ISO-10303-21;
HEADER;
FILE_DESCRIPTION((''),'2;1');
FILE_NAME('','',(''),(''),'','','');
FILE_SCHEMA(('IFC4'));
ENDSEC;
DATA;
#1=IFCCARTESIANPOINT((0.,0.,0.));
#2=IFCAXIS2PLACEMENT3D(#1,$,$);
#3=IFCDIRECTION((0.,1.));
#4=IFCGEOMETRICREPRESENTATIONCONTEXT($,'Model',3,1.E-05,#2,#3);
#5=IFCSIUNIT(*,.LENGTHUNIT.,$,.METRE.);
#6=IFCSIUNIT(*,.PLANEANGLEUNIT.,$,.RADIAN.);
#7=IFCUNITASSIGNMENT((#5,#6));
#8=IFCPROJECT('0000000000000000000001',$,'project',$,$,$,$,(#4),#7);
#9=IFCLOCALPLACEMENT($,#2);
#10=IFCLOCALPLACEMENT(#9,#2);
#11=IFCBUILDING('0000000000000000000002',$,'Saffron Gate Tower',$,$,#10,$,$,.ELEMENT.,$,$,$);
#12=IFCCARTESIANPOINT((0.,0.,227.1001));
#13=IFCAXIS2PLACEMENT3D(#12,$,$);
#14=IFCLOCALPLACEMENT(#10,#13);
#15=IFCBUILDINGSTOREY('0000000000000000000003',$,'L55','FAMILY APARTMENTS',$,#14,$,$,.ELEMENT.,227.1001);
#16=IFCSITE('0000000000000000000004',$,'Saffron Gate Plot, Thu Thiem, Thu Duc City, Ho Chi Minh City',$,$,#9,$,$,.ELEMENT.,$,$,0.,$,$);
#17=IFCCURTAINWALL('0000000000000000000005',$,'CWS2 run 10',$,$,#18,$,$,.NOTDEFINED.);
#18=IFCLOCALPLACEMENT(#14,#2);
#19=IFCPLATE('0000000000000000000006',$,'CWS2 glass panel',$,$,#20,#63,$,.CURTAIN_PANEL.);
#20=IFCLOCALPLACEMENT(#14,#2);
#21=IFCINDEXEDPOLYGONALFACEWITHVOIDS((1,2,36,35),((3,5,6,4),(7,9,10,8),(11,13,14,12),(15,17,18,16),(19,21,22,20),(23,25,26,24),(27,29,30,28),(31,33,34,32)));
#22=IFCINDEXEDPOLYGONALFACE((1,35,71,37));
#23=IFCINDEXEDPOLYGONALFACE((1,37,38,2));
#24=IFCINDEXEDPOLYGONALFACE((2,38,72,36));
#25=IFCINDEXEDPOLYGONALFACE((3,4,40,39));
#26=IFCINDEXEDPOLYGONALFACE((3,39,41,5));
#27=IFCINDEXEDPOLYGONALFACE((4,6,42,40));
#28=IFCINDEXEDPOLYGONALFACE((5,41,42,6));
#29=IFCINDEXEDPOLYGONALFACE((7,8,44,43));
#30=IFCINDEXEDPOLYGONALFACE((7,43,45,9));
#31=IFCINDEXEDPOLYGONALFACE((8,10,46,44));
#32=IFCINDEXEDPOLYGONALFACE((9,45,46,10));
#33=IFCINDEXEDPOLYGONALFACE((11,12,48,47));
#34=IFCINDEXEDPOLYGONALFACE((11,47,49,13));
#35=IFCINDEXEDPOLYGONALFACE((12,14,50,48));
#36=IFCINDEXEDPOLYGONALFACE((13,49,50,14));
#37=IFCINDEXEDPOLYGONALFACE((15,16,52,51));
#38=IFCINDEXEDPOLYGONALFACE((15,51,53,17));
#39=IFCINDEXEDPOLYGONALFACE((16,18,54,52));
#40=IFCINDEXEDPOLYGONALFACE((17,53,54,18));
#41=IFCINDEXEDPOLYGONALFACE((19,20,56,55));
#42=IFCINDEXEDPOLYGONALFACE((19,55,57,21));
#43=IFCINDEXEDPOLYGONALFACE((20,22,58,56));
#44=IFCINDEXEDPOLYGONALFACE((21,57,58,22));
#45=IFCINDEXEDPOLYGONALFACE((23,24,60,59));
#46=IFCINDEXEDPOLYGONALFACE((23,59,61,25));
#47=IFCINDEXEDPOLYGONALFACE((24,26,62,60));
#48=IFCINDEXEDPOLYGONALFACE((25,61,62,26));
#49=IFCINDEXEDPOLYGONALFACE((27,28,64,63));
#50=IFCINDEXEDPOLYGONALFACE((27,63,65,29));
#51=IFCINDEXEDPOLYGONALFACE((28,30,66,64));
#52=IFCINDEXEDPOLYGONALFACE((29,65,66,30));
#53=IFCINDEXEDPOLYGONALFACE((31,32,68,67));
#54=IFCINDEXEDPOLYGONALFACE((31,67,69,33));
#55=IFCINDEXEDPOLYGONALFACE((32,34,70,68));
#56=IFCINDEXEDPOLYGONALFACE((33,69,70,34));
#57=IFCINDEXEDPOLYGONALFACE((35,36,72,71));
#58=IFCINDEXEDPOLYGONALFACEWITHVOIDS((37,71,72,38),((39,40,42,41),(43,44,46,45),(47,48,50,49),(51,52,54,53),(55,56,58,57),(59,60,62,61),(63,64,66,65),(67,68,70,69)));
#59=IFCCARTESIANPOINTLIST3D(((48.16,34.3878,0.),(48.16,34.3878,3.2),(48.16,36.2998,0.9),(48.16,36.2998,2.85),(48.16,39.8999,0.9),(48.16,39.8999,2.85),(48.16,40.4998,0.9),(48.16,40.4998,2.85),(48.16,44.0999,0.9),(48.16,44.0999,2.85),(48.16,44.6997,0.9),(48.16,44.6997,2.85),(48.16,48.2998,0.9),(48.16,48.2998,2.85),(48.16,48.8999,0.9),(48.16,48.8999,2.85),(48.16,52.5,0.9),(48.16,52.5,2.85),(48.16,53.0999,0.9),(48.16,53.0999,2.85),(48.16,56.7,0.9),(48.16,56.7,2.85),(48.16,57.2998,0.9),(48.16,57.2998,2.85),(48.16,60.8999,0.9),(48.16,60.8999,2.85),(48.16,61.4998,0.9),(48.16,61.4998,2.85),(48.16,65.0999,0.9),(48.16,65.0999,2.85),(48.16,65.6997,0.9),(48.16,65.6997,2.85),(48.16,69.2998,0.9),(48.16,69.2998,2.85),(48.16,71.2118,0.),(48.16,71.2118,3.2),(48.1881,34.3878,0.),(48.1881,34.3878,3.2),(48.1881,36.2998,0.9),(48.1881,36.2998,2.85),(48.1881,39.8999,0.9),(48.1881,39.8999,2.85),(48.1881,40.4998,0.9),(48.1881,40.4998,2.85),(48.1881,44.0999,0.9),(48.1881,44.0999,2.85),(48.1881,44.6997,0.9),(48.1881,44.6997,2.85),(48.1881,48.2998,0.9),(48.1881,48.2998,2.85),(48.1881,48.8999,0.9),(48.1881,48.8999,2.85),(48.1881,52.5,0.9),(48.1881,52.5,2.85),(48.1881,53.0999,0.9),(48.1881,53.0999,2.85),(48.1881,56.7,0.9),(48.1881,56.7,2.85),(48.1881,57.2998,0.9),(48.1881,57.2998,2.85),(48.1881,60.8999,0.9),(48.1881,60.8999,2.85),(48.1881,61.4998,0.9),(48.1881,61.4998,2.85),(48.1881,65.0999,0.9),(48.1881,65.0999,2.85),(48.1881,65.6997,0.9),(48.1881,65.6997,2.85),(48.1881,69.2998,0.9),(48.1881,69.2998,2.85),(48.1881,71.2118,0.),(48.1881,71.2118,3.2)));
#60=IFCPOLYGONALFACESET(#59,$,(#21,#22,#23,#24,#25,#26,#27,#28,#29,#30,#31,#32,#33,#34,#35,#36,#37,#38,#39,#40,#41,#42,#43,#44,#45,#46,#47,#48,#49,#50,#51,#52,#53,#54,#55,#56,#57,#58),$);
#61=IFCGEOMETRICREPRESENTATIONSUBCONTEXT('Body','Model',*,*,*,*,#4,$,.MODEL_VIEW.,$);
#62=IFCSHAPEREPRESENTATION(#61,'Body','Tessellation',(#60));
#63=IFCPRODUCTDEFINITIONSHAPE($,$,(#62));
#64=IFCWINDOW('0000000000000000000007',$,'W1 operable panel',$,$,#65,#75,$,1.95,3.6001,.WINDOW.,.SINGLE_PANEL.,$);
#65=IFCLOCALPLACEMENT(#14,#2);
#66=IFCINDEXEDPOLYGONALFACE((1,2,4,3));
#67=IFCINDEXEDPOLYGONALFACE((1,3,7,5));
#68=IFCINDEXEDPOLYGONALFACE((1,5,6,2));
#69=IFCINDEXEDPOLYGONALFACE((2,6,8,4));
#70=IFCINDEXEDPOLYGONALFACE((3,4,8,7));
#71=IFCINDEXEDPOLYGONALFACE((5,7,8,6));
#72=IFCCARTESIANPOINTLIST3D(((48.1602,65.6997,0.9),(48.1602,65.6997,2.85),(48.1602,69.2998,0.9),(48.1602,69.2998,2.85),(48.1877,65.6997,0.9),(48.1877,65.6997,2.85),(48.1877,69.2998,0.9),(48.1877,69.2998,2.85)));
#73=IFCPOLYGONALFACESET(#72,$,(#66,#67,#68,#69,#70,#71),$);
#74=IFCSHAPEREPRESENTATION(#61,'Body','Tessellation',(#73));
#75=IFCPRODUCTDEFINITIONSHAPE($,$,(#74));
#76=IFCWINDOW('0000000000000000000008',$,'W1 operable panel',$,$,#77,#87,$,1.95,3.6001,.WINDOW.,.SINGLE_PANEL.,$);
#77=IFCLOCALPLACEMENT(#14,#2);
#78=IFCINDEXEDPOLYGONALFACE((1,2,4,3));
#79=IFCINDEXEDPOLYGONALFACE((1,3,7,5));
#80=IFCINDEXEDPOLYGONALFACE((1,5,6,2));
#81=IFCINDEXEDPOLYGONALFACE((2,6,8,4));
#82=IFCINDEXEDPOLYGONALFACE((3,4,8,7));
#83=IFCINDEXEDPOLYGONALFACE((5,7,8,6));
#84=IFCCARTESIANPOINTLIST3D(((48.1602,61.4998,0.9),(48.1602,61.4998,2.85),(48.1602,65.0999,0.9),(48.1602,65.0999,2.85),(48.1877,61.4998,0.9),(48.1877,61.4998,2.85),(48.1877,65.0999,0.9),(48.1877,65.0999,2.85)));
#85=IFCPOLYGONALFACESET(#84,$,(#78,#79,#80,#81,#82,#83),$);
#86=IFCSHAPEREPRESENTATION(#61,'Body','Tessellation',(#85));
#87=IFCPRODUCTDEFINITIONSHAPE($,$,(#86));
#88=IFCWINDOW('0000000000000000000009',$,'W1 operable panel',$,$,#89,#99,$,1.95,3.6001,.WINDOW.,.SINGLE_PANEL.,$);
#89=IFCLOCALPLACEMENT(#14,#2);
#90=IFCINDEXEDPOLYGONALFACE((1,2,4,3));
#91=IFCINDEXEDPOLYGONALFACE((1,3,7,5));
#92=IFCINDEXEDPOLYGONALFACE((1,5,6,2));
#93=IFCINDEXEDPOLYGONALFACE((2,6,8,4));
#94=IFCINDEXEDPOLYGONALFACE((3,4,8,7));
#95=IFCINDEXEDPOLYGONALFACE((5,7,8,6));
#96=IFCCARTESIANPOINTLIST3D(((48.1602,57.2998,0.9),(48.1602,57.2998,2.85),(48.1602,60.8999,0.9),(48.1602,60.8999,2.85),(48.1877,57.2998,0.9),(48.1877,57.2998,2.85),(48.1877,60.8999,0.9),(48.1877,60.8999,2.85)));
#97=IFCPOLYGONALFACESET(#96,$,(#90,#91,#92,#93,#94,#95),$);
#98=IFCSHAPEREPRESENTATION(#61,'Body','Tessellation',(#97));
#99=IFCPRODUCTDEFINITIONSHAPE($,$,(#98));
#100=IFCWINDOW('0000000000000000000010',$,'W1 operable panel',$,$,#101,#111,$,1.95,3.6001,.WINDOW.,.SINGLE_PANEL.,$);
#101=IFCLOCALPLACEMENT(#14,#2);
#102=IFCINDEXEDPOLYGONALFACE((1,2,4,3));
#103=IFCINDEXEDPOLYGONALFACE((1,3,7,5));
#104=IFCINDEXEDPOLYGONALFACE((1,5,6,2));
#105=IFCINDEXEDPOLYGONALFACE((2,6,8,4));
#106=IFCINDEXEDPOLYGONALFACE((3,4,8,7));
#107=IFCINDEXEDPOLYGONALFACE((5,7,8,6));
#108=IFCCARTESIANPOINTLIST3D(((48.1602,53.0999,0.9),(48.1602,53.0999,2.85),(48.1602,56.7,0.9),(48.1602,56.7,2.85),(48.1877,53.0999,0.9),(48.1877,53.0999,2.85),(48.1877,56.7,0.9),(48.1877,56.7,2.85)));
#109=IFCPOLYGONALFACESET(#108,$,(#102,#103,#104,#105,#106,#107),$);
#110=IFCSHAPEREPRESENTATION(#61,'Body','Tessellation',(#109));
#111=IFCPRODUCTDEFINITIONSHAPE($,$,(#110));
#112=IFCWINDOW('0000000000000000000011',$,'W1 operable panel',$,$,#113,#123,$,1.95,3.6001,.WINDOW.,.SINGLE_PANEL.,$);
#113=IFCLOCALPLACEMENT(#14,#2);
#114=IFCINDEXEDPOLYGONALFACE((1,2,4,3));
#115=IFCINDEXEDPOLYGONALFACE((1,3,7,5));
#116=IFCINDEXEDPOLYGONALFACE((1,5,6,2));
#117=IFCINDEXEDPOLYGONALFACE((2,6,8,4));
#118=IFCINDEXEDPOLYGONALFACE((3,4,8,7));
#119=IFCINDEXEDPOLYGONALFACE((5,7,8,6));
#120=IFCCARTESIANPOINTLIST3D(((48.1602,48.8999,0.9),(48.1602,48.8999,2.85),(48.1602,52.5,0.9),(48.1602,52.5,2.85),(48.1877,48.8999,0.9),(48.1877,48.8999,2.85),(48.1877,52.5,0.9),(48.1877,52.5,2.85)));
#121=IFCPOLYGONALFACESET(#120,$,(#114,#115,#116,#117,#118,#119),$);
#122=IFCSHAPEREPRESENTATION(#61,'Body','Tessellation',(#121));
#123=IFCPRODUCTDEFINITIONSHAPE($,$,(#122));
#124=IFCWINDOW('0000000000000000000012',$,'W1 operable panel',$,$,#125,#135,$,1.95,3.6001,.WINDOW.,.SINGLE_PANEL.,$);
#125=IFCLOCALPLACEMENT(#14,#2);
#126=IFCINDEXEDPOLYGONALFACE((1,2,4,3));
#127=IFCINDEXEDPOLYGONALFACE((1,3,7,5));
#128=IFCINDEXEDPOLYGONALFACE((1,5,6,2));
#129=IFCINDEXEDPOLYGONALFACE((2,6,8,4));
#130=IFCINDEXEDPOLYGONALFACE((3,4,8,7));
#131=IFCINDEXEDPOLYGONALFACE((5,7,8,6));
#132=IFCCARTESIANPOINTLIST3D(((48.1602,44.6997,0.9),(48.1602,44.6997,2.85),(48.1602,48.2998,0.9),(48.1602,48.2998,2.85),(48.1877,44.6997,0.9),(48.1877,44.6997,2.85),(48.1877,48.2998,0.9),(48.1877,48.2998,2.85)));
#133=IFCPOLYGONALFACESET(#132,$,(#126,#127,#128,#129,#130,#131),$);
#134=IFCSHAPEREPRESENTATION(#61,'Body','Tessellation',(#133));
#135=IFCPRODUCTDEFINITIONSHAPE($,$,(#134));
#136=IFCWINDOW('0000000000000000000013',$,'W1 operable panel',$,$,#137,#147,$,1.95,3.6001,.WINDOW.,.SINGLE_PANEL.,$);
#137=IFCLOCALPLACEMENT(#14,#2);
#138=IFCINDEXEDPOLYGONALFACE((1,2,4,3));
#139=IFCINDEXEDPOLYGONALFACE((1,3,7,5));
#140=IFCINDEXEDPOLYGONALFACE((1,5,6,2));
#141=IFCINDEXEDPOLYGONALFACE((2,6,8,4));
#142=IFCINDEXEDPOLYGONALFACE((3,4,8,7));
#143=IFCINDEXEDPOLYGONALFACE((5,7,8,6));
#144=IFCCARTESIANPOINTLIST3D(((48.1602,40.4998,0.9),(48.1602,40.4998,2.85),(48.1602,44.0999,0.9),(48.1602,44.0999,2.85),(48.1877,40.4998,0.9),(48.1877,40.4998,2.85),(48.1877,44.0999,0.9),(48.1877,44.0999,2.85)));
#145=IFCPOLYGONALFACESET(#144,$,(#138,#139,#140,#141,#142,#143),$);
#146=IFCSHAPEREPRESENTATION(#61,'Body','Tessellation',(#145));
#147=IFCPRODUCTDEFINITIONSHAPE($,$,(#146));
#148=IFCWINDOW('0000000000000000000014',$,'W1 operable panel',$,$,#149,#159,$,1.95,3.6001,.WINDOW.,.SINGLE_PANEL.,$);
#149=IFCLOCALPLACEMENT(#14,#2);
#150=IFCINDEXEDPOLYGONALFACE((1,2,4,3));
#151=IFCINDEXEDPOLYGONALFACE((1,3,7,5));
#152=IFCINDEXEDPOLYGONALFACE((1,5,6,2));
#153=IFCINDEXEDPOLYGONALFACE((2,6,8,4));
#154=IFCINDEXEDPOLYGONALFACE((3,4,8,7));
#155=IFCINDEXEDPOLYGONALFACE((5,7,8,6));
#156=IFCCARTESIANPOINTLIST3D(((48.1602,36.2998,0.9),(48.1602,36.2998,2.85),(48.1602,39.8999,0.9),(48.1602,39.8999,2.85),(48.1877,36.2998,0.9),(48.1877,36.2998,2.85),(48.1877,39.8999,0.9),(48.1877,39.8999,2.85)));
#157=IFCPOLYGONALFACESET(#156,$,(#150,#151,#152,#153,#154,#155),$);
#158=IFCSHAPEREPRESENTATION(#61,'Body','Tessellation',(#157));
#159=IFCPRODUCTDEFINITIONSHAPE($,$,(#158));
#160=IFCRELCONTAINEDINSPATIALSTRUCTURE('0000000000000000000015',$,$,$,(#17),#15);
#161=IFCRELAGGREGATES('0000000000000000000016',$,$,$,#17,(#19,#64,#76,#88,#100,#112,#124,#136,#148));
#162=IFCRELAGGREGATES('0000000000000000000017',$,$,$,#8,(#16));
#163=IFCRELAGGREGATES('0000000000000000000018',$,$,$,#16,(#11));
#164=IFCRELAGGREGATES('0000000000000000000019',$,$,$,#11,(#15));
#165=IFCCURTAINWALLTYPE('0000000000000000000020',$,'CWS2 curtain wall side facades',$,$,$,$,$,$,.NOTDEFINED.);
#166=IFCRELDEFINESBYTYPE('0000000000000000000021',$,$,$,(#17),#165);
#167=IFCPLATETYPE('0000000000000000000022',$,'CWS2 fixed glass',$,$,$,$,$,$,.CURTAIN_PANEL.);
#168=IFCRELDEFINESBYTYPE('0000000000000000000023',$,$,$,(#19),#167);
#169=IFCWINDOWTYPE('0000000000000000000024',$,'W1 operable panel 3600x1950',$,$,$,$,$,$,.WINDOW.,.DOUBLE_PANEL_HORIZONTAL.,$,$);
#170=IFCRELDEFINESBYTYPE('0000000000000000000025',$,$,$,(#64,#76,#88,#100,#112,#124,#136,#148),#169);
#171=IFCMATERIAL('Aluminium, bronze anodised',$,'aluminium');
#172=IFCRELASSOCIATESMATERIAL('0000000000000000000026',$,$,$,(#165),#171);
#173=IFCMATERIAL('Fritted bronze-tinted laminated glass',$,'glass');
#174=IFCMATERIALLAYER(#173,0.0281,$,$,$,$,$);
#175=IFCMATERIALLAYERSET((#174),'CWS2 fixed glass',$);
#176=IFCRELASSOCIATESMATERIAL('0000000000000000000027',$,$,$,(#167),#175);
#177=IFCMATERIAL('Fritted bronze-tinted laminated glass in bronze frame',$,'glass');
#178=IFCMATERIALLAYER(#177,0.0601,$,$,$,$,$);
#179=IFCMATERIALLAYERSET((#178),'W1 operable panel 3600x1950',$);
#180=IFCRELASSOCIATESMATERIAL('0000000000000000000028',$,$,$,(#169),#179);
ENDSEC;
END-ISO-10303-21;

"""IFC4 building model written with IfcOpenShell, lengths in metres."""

from ifc_helpers import new_model, si_unit, direction, frame, frame_2d, origin, place, context, subcontext, project, spatial, rectangle, extrude, material, layer, layer_set, type_object, element, fill, aggregate, save


model = new_model("IFC4")

# Units and contexts
model_context = context("Model", 3, precision=1e-05, world=origin(), true_north=direction((0.0, 1.0)))
body_context = subcontext(model_context, "Body", "Model", "MODEL_VIEW")
ifc_project = project(units=[si_unit("LENGTHUNIT", "METRE"), si_unit("PLANEANGLEUNIT", "RADIAN")], contexts=[model_context])

# Site, building, storey
site_placement = place(None, origin())
site = spatial("IfcSite", under=ifc_project, at=site_placement, Name="Saffron Gate Plot, Thu Thiem, Thu Duc City, Ho Chi Minh City", CompositionType="ELEMENT", RefElevation=0.0)
building_placement = place(site_placement, origin())
building = spatial("IfcBuilding", under=site, at=building_placement, Name="Saffron Gate Tower", CompositionType="ELEMENT")
storey_placement = place(building_placement, frame((0.0, 0.0, 227.1001)))
storey = spatial("IfcBuildingStorey", under=building, at=storey_placement, Name="L55", Description="FAMILY APARTMENTS", CompositionType="ELEMENT", Elevation=227.1001)

# Curtain wall
ifc_material_1 = material(Name="Aluminium, bronze anodised", Category="aluminium")
curtain_wall_type_1 = type_object("IfcCurtainWallType", Name="CWS2 curtain wall side facades", PredefinedType="NOTDEFINED", material=ifc_material_1)
curtain_wall_1_placement = place(storey_placement, origin())
curtain_wall_1 = element("IfcCurtainWall", 1, at=curtain_wall_1_placement, inside=storey, type_object=curtain_wall_type_1, Name="CWS2 run 10", PredefinedType="NOTDEFINED")

# Plate, openings, windows
ifc_material_2 = material(Name="Fritted bronze-tinted laminated glass", Category="glass")
ifc_layer_1 = layer(ifc_material_2, 0.0281)
ifc_layer_set_1 = layer_set([ifc_layer_1], Name="CWS2 fixed glass")
plate_type_1 = type_object("IfcPlateType", Name="CWS2 fixed glass", PredefinedType="CURTAIN_PANEL", material=ifc_layer_set_1)
plate_1_placement = place(storey_placement, frame((48.1741, 71.2119, 0.0), z_axis=(0.0, 0.0, 1.0), x_axis=(0.0, -1.0, 0.0)))
plate_1 = element("IfcPlate", 2, at=plate_1_placement, type_object=plate_type_1, Name="CWS2 glass panel", PredefinedType="CURTAIN_PANEL", context=body_context, shape_type="SweptSolid", body=[
    extrude(rectangle(XDim=36.824, YDim=0.0281, at=frame_2d((18.4121, 0.0))), origin(), (0.0, 0.0, 1.0), 3.2),
])
opening_1_placement = place(plate_1_placement, frame((1.9121, 0.0, 0.8999)))
opening_1 = element("IfcOpeningElement", 3, at=opening_1_placement, cuts=plate_1, PredefinedType="OPENING", context=body_context, shape_type="SweptSolid", body=[
    extrude(rectangle(XDim=3.6001, YDim=1.95, at=frame_2d((1.8, 0.9751))), frame((0.0, 0.0239, 0.0), z_axis=(0.0, -1.0, 0.0), x_axis=(1.0, 0.0, 0.0)), (0.0, 0.0, 1.0), 0.0481),
])
opening_2_placement = place(plate_1_placement, frame((6.1121, 0.0, 0.8999)))
opening_2 = element("IfcOpeningElement", 4, at=opening_2_placement, cuts=plate_1, PredefinedType="OPENING", context=body_context, shape_type="SweptSolid", body=[
    extrude(rectangle(XDim=3.6001, YDim=1.95, at=frame_2d((1.8, 0.9751))), frame((0.0, 0.0239, 0.0), z_axis=(0.0, -1.0, 0.0), x_axis=(1.0, 0.0, 0.0)), (0.0, 0.0, 1.0), 0.0481),
])
opening_3_placement = place(plate_1_placement, frame((10.312, 0.0, 0.8999)))
opening_3 = element("IfcOpeningElement", 5, at=opening_3_placement, cuts=plate_1, PredefinedType="OPENING", context=body_context, shape_type="SweptSolid", body=[
    extrude(rectangle(XDim=3.6001, YDim=1.95, at=frame_2d((1.8, 0.9751))), frame((0.0, 0.0239, 0.0), z_axis=(0.0, -1.0, 0.0), x_axis=(1.0, 0.0, 0.0)), (0.0, 0.0, 1.0), 0.0481),
])
opening_4_placement = place(plate_1_placement, frame((14.512, 0.0, 0.8999)))
opening_4 = element("IfcOpeningElement", 6, at=opening_4_placement, cuts=plate_1, PredefinedType="OPENING", context=body_context, shape_type="SweptSolid", body=[
    extrude(rectangle(XDim=3.6001, YDim=1.95, at=frame_2d((1.8, 0.9751))), frame((0.0, 0.0239, 0.0), z_axis=(0.0, -1.0, 0.0), x_axis=(1.0, 0.0, 0.0)), (0.0, 0.0, 1.0), 0.0481),
])
opening_5_placement = place(plate_1_placement, frame((18.7119, 0.0, 0.8999)))
opening_5 = element("IfcOpeningElement", 7, at=opening_5_placement, cuts=plate_1, PredefinedType="OPENING", context=body_context, shape_type="SweptSolid", body=[
    extrude(rectangle(XDim=3.6001, YDim=1.95, at=frame_2d((1.8, 0.9751))), frame((0.0, 0.0239, 0.0), z_axis=(0.0, -1.0, 0.0), x_axis=(1.0, 0.0, 0.0)), (0.0, 0.0, 1.0), 0.0481),
])
opening_6_placement = place(plate_1_placement, frame((22.9121, 0.0, 0.8999)))
opening_6 = element("IfcOpeningElement", 8, at=opening_6_placement, cuts=plate_1, PredefinedType="OPENING", context=body_context, shape_type="SweptSolid", body=[
    extrude(rectangle(XDim=3.6001, YDim=1.95, at=frame_2d((1.8, 0.9751))), frame((0.0, 0.0239, 0.0), z_axis=(0.0, -1.0, 0.0), x_axis=(1.0, 0.0, 0.0)), (0.0, 0.0, 1.0), 0.0481),
])
opening_7_placement = place(plate_1_placement, frame((27.1121, 0.0, 0.8999)))
opening_7 = element("IfcOpeningElement", 9, at=opening_7_placement, cuts=plate_1, PredefinedType="OPENING", context=body_context, shape_type="SweptSolid", body=[
    extrude(rectangle(XDim=3.6001, YDim=1.95, at=frame_2d((1.8, 0.9751))), frame((0.0, 0.0239, 0.0), z_axis=(0.0, -1.0, 0.0), x_axis=(1.0, 0.0, 0.0)), (0.0, 0.0, 1.0), 0.0481),
])
opening_8_placement = place(plate_1_placement, frame((31.312, 0.0, 0.8999)))
opening_8 = element("IfcOpeningElement", 10, at=opening_8_placement, cuts=plate_1, PredefinedType="OPENING", context=body_context, shape_type="SweptSolid", body=[
    extrude(rectangle(XDim=3.6001, YDim=1.95, at=frame_2d((1.8, 0.9751))), frame((0.0, 0.0239, 0.0), z_axis=(0.0, -1.0, 0.0), x_axis=(1.0, 0.0, 0.0)), (0.0, 0.0, 1.0), 0.0481),
])
ifc_material_3 = material(Name="Fritted bronze-tinted laminated glass in bronze frame", Category="glass")
ifc_layer_2 = layer(ifc_material_3, 0.0601)
ifc_layer_set_2 = layer_set([ifc_layer_2], Name="W1 operable panel 3600x1950")
window_type = type_object("IfcWindowType", Name="W1 operable panel 3600x1950", PartitioningType="DOUBLE_PANEL_HORIZONTAL", PredefinedType="WINDOW", material=ifc_layer_set_2)
window_1_placement = place(opening_1_placement, origin())
window_1 = element("IfcWindow", 11, at=window_1_placement, type_object=window_type, Name="W1 operable panel", OverallHeight=1.95, OverallWidth=3.6001, PartitioningType="SINGLE_PANEL", PredefinedType="WINDOW", context=body_context, shape_type="SweptSolid", body=[
    extrude(rectangle(XDim=3.6001, YDim=1.95, at=frame_2d((1.8, 0.9751))), frame((0.0, 0.0137, 0.0), z_axis=(0.0, -1.0, 0.0), x_axis=(1.0, 0.0, 0.0)), (0.0, 0.0, 1.0), 0.0276),
])
fill(opening_1, window_1)
window_2_placement = place(opening_2_placement, origin())
window_2 = element("IfcWindow", 12, at=window_2_placement, type_object=window_type, Name="W1 operable panel", OverallHeight=1.95, OverallWidth=3.6001, PartitioningType="SINGLE_PANEL", PredefinedType="WINDOW", context=body_context, shape_type="SweptSolid", body=[
    extrude(rectangle(XDim=3.6001, YDim=1.95, at=frame_2d((1.8, 0.9751))), frame((0.0, 0.0137, 0.0), z_axis=(0.0, -1.0, 0.0), x_axis=(1.0, 0.0, 0.0)), (0.0, 0.0, 1.0), 0.0276),
])
fill(opening_2, window_2)
window_3_placement = place(opening_3_placement, origin())
window_3 = element("IfcWindow", 13, at=window_3_placement, type_object=window_type, Name="W1 operable panel", OverallHeight=1.95, OverallWidth=3.6001, PartitioningType="SINGLE_PANEL", PredefinedType="WINDOW", context=body_context, shape_type="SweptSolid", body=[
    extrude(rectangle(XDim=3.6001, YDim=1.95, at=frame_2d((1.8, 0.9751))), frame((0.0, 0.0137, 0.0), z_axis=(0.0, -1.0, 0.0), x_axis=(1.0, 0.0, 0.0)), (0.0, 0.0, 1.0), 0.0276),
])
fill(opening_3, window_3)
window_4_placement = place(opening_4_placement, origin())
window_4 = element("IfcWindow", 14, at=window_4_placement, type_object=window_type, Name="W1 operable panel", OverallHeight=1.95, OverallWidth=3.6001, PartitioningType="SINGLE_PANEL", PredefinedType="WINDOW", context=body_context, shape_type="SweptSolid", body=[
    extrude(rectangle(XDim=3.6001, YDim=1.95, at=frame_2d((1.8, 0.9751))), frame((0.0, 0.0137, 0.0), z_axis=(0.0, -1.0, 0.0), x_axis=(1.0, 0.0, 0.0)), (0.0, 0.0, 1.0), 0.0276),
])
fill(opening_4, window_4)
window_5_placement = place(opening_5_placement, origin())
window_5 = element("IfcWindow", 15, at=window_5_placement, type_object=window_type, Name="W1 operable panel", OverallHeight=1.95, OverallWidth=3.6001, PartitioningType="SINGLE_PANEL", PredefinedType="WINDOW", context=body_context, shape_type="SweptSolid", body=[
    extrude(rectangle(XDim=3.6001, YDim=1.95, at=frame_2d((1.8, 0.9751))), frame((0.0, 0.0137, 0.0), z_axis=(0.0, -1.0, 0.0), x_axis=(1.0, 0.0, 0.0)), (0.0, 0.0, 1.0), 0.0276),
])
fill(opening_5, window_5)
window_6_placement = place(opening_6_placement, origin())
window_6 = element("IfcWindow", 16, at=window_6_placement, type_object=window_type, Name="W1 operable panel", OverallHeight=1.95, OverallWidth=3.6001, PartitioningType="SINGLE_PANEL", PredefinedType="WINDOW", context=body_context, shape_type="SweptSolid", body=[
    extrude(rectangle(XDim=3.6001, YDim=1.95, at=frame_2d((1.8, 0.9751))), frame((0.0, 0.0137, 0.0), z_axis=(0.0, -1.0, 0.0), x_axis=(1.0, 0.0, 0.0)), (0.0, 0.0, 1.0), 0.0276),
])
fill(opening_6, window_6)
window_7_placement = place(opening_7_placement, origin())
window_7 = element("IfcWindow", 17, at=window_7_placement, type_object=window_type, Name="W1 operable panel", OverallHeight=1.95, OverallWidth=3.6001, PartitioningType="SINGLE_PANEL", PredefinedType="WINDOW", context=body_context, shape_type="SweptSolid", body=[
    extrude(rectangle(XDim=3.6001, YDim=1.95, at=frame_2d((1.8, 0.9751))), frame((0.0, 0.0137, 0.0), z_axis=(0.0, -1.0, 0.0), x_axis=(1.0, 0.0, 0.0)), (0.0, 0.0, 1.0), 0.0276),
])
fill(opening_7, window_7)
window_8_placement = place(opening_8_placement, origin())
window_8 = element("IfcWindow", 18, at=window_8_placement, type_object=window_type, Name="W1 operable panel", OverallHeight=1.95, OverallWidth=3.6001, PartitioningType="SINGLE_PANEL", PredefinedType="WINDOW", context=body_context, shape_type="SweptSolid", body=[
    extrude(rectangle(XDim=3.6001, YDim=1.95, at=frame_2d((1.8, 0.9751))), frame((0.0, 0.0137, 0.0), z_axis=(0.0, -1.0, 0.0), x_axis=(1.0, 0.0, 0.0)), (0.0, 0.0, 1.0), 0.0276),
])
fill(opening_8, window_8)
aggregate(curtain_wall_1, [plate_1, window_1, window_2, window_3, window_4, window_5, window_6, window_7, window_8])

save(model, "model.ifc")
